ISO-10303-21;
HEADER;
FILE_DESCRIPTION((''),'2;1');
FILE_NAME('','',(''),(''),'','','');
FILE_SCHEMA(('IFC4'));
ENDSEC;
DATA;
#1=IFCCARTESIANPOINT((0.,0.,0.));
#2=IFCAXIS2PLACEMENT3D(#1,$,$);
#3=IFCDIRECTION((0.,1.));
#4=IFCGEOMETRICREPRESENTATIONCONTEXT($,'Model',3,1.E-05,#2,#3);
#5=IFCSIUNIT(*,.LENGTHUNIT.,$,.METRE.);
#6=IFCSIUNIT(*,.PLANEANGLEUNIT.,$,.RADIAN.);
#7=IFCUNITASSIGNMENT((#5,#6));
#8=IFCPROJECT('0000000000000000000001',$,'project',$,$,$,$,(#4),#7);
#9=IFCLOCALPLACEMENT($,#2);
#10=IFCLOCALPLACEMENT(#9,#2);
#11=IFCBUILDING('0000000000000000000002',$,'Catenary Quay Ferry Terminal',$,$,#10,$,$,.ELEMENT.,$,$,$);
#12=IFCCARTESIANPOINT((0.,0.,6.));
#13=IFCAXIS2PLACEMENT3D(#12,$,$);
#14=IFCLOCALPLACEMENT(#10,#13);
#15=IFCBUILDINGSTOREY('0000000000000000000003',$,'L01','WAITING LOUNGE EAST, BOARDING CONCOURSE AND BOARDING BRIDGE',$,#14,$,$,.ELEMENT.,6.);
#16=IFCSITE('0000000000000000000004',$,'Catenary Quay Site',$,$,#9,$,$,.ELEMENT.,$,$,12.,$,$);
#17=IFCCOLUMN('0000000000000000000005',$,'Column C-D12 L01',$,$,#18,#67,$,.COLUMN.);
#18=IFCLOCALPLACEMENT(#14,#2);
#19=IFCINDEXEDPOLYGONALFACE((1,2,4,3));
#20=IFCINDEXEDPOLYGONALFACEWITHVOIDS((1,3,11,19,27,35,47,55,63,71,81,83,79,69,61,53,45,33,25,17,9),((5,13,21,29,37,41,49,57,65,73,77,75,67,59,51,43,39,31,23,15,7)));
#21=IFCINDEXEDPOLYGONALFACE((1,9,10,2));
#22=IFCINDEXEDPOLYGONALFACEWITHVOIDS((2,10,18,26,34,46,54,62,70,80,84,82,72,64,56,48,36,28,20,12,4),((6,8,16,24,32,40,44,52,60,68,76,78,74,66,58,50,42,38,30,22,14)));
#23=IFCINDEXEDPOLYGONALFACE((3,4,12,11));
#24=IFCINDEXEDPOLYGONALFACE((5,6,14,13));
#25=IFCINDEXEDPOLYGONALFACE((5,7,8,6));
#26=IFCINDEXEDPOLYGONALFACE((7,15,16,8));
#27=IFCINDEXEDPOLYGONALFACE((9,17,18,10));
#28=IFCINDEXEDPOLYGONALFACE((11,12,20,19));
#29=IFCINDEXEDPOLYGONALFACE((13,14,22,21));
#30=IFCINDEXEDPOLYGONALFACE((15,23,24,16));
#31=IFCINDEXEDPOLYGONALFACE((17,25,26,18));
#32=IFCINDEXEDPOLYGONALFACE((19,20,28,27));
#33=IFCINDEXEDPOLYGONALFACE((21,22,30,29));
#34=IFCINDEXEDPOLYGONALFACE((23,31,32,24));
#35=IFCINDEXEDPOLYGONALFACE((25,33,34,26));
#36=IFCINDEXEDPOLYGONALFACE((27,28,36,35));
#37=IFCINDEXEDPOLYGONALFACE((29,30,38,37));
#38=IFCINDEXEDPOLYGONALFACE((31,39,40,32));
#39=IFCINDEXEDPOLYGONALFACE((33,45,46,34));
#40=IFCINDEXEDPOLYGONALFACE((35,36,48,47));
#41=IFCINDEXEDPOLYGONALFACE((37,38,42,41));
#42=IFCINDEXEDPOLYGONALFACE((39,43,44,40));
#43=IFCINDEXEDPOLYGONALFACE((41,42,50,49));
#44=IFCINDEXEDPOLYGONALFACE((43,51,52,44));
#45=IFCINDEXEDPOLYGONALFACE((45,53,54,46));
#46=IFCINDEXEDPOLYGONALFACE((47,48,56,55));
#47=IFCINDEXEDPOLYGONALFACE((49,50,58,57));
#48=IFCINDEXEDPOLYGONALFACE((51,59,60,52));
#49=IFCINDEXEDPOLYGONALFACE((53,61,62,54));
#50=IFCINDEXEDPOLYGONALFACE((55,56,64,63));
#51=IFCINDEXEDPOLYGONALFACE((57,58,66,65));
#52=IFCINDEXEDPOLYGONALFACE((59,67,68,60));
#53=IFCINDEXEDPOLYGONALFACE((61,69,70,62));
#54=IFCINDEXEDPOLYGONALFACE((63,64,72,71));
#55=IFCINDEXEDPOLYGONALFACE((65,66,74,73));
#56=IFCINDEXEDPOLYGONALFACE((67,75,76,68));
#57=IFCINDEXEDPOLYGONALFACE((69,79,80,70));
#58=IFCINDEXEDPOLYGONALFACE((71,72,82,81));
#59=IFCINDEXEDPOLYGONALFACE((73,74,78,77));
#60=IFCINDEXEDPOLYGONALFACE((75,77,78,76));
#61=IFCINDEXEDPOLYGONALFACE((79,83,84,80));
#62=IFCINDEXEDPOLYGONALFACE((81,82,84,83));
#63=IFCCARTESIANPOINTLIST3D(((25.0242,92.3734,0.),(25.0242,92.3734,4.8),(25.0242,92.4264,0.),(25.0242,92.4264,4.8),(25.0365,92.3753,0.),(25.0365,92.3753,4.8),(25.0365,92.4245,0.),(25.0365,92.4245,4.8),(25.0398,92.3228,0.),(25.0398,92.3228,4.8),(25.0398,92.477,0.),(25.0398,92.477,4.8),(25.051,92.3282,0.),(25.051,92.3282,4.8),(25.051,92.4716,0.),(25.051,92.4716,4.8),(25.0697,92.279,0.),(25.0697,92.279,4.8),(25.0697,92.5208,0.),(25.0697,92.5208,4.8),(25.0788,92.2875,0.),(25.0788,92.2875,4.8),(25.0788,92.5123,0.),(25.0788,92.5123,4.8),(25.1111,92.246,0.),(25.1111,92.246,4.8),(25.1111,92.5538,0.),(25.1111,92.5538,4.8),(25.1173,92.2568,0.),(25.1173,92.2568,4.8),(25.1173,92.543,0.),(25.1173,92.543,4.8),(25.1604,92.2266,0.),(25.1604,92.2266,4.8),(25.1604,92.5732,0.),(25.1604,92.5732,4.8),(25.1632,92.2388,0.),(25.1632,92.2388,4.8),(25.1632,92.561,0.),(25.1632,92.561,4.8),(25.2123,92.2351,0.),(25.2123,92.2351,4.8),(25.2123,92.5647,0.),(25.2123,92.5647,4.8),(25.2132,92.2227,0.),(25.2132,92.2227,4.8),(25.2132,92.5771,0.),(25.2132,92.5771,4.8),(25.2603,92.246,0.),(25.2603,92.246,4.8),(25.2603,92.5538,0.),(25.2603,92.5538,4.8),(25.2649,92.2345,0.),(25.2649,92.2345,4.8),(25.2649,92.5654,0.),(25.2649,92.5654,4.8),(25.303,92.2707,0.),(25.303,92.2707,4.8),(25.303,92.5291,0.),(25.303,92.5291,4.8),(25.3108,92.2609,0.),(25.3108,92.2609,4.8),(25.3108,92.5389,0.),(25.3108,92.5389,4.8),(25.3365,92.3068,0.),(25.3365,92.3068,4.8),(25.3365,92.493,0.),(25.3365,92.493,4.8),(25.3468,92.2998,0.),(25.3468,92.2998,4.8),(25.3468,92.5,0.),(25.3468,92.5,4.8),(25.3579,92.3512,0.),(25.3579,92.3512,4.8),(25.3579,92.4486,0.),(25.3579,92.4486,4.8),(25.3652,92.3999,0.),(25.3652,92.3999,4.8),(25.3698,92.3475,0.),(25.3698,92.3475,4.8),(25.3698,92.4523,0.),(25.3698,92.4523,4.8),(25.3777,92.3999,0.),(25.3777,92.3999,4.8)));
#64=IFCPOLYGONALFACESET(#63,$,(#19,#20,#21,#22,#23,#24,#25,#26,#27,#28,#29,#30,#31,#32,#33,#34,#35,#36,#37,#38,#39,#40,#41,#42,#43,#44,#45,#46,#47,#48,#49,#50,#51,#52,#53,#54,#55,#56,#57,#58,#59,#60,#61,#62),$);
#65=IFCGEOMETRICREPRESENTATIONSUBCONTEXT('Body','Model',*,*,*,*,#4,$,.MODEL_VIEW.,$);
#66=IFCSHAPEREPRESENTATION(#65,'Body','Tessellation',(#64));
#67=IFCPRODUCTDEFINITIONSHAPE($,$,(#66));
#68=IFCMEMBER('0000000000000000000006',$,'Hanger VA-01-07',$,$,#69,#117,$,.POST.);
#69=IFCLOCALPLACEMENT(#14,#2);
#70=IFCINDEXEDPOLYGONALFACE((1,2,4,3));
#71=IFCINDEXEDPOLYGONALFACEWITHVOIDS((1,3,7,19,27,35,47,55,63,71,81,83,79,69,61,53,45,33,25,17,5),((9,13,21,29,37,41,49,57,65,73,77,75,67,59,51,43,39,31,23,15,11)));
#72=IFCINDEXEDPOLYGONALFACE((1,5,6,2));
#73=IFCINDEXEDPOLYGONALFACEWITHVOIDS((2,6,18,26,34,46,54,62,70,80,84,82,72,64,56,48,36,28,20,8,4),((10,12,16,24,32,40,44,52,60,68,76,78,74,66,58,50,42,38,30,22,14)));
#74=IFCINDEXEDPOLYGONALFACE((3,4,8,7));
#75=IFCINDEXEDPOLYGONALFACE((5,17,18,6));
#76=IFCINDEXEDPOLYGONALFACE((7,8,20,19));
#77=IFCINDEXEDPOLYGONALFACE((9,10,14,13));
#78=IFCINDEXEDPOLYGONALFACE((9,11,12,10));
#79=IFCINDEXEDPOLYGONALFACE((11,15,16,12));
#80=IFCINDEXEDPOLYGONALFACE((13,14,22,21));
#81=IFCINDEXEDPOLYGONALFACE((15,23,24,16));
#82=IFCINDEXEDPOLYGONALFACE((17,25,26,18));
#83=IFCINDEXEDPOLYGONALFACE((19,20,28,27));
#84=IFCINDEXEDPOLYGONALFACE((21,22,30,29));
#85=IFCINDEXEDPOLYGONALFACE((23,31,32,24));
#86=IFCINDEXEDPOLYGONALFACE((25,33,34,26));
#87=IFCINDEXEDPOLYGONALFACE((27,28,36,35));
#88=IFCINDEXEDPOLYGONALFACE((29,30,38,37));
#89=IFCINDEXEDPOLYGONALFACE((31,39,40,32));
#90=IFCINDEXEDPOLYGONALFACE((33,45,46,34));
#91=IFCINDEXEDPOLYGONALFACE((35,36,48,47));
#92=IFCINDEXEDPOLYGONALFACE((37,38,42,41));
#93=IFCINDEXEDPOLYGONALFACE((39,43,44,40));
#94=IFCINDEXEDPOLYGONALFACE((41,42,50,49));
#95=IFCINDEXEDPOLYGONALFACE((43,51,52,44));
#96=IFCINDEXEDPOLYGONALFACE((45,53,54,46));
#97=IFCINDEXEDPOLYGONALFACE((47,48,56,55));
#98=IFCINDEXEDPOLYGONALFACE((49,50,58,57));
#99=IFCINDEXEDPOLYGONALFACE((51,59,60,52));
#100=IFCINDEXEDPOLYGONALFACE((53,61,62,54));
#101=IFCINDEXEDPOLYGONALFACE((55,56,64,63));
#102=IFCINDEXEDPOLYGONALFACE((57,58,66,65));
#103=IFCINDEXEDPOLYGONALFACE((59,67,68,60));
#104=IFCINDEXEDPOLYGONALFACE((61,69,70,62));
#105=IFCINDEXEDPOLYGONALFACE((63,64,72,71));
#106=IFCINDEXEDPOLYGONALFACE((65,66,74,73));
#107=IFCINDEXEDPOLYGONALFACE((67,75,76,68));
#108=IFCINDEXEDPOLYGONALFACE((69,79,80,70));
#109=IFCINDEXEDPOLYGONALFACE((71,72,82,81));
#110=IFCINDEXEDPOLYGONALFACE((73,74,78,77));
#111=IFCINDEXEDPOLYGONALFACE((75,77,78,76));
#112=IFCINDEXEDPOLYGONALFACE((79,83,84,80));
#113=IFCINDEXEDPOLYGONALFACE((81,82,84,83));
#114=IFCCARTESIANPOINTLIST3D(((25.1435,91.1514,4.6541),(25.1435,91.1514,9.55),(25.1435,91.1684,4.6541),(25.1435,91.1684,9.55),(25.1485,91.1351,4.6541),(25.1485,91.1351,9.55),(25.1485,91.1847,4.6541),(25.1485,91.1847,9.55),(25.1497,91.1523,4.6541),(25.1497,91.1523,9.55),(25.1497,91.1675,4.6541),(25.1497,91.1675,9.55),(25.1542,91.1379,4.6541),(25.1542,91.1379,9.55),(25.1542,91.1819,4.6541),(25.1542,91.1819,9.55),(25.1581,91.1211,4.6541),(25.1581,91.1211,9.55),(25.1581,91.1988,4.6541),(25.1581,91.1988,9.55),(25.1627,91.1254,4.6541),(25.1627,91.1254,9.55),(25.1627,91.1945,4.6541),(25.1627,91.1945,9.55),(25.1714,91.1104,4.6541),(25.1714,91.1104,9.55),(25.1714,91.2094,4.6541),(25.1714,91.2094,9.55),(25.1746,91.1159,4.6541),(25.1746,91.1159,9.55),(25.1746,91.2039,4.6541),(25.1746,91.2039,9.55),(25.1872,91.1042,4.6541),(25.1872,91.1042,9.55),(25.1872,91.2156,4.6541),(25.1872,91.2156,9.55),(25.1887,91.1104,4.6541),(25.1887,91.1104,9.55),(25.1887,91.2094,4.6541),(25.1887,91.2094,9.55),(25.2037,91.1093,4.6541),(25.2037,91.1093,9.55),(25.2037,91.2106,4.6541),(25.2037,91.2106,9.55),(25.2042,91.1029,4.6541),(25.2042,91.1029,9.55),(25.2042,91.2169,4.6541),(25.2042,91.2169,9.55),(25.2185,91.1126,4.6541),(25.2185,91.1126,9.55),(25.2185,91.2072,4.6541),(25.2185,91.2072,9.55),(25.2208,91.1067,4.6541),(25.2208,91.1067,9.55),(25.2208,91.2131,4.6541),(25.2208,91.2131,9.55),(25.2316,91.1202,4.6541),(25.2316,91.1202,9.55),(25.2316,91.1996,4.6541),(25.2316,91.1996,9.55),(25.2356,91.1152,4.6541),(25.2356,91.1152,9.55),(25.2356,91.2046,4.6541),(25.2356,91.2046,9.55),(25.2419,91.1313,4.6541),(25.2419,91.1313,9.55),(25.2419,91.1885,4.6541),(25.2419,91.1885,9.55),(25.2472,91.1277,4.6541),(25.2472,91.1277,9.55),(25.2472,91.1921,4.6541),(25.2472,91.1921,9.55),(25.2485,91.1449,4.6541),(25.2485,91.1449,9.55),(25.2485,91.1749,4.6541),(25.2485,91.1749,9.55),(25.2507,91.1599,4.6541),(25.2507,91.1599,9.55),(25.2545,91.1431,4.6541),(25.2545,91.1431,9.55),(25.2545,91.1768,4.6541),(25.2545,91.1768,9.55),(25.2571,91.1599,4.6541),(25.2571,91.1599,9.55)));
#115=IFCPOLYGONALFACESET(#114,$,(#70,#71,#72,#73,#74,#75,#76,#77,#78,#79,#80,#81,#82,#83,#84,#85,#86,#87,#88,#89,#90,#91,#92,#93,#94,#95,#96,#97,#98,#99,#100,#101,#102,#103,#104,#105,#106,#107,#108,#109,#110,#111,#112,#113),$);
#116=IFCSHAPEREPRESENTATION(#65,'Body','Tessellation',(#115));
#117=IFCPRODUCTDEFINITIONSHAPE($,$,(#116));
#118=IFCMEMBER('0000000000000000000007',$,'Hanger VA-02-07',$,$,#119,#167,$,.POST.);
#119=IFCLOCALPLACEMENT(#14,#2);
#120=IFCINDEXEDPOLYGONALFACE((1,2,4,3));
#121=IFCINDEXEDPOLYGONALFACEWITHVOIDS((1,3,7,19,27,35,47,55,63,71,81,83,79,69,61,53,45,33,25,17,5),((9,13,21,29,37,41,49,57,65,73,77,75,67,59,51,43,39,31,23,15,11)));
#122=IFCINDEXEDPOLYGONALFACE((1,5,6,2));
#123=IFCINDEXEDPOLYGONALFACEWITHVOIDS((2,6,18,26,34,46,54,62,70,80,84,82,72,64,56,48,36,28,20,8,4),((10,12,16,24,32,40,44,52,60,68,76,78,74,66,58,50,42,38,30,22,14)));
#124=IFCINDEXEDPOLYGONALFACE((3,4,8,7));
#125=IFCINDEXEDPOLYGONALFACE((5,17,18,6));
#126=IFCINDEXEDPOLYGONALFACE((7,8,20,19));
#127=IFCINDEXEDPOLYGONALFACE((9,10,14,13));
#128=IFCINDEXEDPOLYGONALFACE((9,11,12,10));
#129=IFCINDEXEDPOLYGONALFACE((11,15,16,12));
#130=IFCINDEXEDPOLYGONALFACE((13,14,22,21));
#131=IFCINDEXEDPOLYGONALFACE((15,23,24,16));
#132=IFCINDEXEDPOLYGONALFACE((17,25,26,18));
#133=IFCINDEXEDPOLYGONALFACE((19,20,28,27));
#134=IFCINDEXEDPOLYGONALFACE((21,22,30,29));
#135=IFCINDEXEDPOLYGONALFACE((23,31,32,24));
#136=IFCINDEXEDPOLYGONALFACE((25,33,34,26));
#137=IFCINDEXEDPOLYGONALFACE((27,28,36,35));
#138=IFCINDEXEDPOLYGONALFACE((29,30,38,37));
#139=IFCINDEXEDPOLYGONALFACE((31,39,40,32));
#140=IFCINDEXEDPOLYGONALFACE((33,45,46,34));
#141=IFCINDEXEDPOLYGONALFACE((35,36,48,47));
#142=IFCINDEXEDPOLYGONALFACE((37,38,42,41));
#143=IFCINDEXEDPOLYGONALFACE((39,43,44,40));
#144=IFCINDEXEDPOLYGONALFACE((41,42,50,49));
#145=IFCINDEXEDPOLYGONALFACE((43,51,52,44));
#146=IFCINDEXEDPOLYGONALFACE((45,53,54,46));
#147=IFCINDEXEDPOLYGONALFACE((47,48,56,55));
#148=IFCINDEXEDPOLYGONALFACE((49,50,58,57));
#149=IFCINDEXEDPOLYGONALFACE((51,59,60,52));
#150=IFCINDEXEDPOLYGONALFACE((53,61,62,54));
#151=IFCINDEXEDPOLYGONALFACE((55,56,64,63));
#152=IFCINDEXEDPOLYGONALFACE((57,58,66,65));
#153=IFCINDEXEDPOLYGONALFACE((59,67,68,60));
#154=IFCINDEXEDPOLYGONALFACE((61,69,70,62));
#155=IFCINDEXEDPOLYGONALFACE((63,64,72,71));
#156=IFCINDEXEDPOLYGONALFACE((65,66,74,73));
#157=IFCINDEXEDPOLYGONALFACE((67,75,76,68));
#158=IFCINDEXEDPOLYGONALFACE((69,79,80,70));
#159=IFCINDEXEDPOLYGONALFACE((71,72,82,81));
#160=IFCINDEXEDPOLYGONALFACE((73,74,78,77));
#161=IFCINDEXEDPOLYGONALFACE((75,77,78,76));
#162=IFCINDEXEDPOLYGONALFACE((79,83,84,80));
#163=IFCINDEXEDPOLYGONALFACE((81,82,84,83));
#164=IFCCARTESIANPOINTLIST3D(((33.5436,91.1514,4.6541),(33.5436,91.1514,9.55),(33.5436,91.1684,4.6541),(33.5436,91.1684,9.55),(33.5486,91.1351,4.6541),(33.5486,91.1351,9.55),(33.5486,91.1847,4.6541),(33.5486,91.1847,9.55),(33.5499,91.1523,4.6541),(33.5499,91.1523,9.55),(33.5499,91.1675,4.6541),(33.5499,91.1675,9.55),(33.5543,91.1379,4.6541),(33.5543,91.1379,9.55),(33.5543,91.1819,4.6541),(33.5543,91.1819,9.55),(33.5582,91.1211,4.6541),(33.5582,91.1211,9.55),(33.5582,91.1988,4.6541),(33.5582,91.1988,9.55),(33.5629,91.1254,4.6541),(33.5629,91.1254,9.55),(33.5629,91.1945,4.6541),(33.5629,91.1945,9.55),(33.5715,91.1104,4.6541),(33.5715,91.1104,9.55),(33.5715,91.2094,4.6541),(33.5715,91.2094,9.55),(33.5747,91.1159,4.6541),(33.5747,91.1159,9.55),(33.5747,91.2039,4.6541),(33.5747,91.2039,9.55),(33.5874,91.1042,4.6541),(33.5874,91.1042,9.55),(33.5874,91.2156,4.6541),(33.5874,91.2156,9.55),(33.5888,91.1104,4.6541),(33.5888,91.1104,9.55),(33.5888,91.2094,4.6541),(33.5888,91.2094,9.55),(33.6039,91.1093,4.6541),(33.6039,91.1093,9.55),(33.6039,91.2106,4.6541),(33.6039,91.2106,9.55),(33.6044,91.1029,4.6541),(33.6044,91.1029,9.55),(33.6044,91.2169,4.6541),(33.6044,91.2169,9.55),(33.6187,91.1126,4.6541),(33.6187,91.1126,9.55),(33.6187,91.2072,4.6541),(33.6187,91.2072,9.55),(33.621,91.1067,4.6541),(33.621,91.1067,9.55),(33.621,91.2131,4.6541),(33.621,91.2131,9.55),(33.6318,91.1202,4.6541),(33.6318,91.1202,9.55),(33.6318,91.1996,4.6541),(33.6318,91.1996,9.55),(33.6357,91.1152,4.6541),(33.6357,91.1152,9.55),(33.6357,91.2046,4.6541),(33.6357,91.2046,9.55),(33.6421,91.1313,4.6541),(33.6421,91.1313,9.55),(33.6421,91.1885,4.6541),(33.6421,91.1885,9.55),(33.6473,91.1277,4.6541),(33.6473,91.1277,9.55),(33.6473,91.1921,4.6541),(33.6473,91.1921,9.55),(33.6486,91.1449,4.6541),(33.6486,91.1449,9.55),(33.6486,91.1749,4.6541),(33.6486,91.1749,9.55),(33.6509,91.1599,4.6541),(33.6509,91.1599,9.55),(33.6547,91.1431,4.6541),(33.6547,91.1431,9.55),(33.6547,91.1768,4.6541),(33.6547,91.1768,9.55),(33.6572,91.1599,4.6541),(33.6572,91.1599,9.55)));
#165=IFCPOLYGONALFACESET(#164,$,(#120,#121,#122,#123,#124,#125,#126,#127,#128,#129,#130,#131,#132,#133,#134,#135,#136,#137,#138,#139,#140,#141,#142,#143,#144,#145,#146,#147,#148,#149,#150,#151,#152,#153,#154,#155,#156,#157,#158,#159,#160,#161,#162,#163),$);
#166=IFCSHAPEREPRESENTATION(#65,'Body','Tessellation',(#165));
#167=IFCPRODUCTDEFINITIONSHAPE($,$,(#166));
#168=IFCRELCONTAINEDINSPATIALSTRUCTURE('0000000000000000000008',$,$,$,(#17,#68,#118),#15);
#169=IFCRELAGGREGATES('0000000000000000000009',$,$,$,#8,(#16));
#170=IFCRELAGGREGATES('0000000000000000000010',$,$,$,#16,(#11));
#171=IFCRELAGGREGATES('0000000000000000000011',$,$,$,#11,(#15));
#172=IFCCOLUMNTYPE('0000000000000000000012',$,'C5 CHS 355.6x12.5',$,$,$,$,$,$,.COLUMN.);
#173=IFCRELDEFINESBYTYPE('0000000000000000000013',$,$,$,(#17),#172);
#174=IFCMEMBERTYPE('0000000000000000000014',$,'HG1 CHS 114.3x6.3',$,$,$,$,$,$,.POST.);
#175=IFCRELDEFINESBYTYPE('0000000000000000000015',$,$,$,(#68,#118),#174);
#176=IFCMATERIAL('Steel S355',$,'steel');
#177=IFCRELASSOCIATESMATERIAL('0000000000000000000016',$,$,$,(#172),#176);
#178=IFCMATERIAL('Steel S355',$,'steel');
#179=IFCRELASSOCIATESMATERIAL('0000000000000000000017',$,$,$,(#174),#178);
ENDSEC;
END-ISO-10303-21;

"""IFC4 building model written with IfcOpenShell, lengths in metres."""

from ifc_helpers import new_model, si_unit, direction, frame, origin, origin_2d, place, context, subcontext, project, spatial, hollow_circle, extrude, material, material_profile, profile_set, type_object, element, save


model = new_model("IFC4")

# Units and contexts
model_context = context("Model", 3, precision=1e-05, world=origin(), true_north=direction((0.0, 1.0)))
body_context = subcontext(model_context, "Body", "Model", "MODEL_VIEW")
ifc_project = project(units=[si_unit("LENGTHUNIT", "METRE"), si_unit("PLANEANGLEUNIT", "RADIAN")], contexts=[model_context])

# Site, building, storey
site_placement = place(None, origin())
site = spatial("IfcSite", under=ifc_project, at=site_placement, Name="Catenary Quay Site", CompositionType="ELEMENT", RefElevation=12.0)
building_placement = place(site_placement, origin())
building = spatial("IfcBuilding", under=site, at=building_placement, Name="Catenary Quay Ferry Terminal", CompositionType="ELEMENT")
storey_placement = place(building_placement, frame((0.0, 0.0, 6.0)))
storey = spatial("IfcBuildingStorey", under=building, at=storey_placement, Name="L01", Description="WAITING LOUNGE EAST, BOARDING CONCOURSE AND BOARDING BRIDGE", CompositionType="ELEMENT", Elevation=6.0)

# Column
ifc_material_1 = material(Name="Steel S355", Category="steel")
ifc_material_profile_1 = material_profile(ifc_material_1, hollow_circle(Radius=0.1777, WallThickness=0.0125, at=origin_2d()), Name="CHS 355.6x12.5")
ifc_profile_set_1 = profile_set([ifc_material_profile_1], Name="Steel S355")
column_type = type_object("IfcColumnType", Name="C5 CHS 355.6x12.5", PredefinedType="COLUMN", material=ifc_profile_set_1)
column_placement = place(storey_placement, frame((25.2, 92.3999, 0.0), z_axis=(0.0, 0.0, 1.0), x_axis=(1.0, 0.0, 0.0)))
element("IfcColumn", 1, at=column_placement, inside=storey, type_object=column_type, Name="Column C-D12 L01", PredefinedType="COLUMN", context=body_context, shape_type="SweptSolid", body=[
    extrude(hollow_circle(Radius=0.1777, WallThickness=0.0125, at=origin_2d()), origin(), (0.0, 0.0, 1.0), 4.8),
])

# Members
ifc_material_2 = material(Name="Steel S355", Category="steel")
ifc_material_profile_2 = material_profile(ifc_material_2, hollow_circle(Radius=0.0571, WallThickness=0.0063, at=origin_2d()), Name="CHS 114.3x6.3")
ifc_profile_set_2 = profile_set([ifc_material_profile_2], Name="Steel S355")
member_type_1 = type_object("IfcMemberType", Name="HG1 CHS 114.3x6.3", PredefinedType="POST", material=ifc_profile_set_2)
for number, where, z_axis, x_axis, name in (
    (2, (25.2, 91.1599, 4.6541), (0.0, 0.0, 1.0), (1.0, 0.0, 0.0), "Hanger VA-01-07"),
    (3, (33.6001, 91.1599, 4.6541), (0.0, 0.0, 1.0), (1.0, 0.0, 0.0), "Hanger VA-02-07"),
):
    element("IfcMember", number, at=place(storey_placement, frame(where, z_axis=z_axis, x_axis=x_axis)), inside=storey, type_object=member_type_1, Name=name, PredefinedType="POST", context=body_context, shape_type="SweptSolid", body=[
        extrude(hollow_circle(Radius=0.0571, WallThickness=0.0063, at=origin_2d()), origin(), (0.0, 0.0, 1.0), 4.896),
    ])

save(model, "model.ifc")
